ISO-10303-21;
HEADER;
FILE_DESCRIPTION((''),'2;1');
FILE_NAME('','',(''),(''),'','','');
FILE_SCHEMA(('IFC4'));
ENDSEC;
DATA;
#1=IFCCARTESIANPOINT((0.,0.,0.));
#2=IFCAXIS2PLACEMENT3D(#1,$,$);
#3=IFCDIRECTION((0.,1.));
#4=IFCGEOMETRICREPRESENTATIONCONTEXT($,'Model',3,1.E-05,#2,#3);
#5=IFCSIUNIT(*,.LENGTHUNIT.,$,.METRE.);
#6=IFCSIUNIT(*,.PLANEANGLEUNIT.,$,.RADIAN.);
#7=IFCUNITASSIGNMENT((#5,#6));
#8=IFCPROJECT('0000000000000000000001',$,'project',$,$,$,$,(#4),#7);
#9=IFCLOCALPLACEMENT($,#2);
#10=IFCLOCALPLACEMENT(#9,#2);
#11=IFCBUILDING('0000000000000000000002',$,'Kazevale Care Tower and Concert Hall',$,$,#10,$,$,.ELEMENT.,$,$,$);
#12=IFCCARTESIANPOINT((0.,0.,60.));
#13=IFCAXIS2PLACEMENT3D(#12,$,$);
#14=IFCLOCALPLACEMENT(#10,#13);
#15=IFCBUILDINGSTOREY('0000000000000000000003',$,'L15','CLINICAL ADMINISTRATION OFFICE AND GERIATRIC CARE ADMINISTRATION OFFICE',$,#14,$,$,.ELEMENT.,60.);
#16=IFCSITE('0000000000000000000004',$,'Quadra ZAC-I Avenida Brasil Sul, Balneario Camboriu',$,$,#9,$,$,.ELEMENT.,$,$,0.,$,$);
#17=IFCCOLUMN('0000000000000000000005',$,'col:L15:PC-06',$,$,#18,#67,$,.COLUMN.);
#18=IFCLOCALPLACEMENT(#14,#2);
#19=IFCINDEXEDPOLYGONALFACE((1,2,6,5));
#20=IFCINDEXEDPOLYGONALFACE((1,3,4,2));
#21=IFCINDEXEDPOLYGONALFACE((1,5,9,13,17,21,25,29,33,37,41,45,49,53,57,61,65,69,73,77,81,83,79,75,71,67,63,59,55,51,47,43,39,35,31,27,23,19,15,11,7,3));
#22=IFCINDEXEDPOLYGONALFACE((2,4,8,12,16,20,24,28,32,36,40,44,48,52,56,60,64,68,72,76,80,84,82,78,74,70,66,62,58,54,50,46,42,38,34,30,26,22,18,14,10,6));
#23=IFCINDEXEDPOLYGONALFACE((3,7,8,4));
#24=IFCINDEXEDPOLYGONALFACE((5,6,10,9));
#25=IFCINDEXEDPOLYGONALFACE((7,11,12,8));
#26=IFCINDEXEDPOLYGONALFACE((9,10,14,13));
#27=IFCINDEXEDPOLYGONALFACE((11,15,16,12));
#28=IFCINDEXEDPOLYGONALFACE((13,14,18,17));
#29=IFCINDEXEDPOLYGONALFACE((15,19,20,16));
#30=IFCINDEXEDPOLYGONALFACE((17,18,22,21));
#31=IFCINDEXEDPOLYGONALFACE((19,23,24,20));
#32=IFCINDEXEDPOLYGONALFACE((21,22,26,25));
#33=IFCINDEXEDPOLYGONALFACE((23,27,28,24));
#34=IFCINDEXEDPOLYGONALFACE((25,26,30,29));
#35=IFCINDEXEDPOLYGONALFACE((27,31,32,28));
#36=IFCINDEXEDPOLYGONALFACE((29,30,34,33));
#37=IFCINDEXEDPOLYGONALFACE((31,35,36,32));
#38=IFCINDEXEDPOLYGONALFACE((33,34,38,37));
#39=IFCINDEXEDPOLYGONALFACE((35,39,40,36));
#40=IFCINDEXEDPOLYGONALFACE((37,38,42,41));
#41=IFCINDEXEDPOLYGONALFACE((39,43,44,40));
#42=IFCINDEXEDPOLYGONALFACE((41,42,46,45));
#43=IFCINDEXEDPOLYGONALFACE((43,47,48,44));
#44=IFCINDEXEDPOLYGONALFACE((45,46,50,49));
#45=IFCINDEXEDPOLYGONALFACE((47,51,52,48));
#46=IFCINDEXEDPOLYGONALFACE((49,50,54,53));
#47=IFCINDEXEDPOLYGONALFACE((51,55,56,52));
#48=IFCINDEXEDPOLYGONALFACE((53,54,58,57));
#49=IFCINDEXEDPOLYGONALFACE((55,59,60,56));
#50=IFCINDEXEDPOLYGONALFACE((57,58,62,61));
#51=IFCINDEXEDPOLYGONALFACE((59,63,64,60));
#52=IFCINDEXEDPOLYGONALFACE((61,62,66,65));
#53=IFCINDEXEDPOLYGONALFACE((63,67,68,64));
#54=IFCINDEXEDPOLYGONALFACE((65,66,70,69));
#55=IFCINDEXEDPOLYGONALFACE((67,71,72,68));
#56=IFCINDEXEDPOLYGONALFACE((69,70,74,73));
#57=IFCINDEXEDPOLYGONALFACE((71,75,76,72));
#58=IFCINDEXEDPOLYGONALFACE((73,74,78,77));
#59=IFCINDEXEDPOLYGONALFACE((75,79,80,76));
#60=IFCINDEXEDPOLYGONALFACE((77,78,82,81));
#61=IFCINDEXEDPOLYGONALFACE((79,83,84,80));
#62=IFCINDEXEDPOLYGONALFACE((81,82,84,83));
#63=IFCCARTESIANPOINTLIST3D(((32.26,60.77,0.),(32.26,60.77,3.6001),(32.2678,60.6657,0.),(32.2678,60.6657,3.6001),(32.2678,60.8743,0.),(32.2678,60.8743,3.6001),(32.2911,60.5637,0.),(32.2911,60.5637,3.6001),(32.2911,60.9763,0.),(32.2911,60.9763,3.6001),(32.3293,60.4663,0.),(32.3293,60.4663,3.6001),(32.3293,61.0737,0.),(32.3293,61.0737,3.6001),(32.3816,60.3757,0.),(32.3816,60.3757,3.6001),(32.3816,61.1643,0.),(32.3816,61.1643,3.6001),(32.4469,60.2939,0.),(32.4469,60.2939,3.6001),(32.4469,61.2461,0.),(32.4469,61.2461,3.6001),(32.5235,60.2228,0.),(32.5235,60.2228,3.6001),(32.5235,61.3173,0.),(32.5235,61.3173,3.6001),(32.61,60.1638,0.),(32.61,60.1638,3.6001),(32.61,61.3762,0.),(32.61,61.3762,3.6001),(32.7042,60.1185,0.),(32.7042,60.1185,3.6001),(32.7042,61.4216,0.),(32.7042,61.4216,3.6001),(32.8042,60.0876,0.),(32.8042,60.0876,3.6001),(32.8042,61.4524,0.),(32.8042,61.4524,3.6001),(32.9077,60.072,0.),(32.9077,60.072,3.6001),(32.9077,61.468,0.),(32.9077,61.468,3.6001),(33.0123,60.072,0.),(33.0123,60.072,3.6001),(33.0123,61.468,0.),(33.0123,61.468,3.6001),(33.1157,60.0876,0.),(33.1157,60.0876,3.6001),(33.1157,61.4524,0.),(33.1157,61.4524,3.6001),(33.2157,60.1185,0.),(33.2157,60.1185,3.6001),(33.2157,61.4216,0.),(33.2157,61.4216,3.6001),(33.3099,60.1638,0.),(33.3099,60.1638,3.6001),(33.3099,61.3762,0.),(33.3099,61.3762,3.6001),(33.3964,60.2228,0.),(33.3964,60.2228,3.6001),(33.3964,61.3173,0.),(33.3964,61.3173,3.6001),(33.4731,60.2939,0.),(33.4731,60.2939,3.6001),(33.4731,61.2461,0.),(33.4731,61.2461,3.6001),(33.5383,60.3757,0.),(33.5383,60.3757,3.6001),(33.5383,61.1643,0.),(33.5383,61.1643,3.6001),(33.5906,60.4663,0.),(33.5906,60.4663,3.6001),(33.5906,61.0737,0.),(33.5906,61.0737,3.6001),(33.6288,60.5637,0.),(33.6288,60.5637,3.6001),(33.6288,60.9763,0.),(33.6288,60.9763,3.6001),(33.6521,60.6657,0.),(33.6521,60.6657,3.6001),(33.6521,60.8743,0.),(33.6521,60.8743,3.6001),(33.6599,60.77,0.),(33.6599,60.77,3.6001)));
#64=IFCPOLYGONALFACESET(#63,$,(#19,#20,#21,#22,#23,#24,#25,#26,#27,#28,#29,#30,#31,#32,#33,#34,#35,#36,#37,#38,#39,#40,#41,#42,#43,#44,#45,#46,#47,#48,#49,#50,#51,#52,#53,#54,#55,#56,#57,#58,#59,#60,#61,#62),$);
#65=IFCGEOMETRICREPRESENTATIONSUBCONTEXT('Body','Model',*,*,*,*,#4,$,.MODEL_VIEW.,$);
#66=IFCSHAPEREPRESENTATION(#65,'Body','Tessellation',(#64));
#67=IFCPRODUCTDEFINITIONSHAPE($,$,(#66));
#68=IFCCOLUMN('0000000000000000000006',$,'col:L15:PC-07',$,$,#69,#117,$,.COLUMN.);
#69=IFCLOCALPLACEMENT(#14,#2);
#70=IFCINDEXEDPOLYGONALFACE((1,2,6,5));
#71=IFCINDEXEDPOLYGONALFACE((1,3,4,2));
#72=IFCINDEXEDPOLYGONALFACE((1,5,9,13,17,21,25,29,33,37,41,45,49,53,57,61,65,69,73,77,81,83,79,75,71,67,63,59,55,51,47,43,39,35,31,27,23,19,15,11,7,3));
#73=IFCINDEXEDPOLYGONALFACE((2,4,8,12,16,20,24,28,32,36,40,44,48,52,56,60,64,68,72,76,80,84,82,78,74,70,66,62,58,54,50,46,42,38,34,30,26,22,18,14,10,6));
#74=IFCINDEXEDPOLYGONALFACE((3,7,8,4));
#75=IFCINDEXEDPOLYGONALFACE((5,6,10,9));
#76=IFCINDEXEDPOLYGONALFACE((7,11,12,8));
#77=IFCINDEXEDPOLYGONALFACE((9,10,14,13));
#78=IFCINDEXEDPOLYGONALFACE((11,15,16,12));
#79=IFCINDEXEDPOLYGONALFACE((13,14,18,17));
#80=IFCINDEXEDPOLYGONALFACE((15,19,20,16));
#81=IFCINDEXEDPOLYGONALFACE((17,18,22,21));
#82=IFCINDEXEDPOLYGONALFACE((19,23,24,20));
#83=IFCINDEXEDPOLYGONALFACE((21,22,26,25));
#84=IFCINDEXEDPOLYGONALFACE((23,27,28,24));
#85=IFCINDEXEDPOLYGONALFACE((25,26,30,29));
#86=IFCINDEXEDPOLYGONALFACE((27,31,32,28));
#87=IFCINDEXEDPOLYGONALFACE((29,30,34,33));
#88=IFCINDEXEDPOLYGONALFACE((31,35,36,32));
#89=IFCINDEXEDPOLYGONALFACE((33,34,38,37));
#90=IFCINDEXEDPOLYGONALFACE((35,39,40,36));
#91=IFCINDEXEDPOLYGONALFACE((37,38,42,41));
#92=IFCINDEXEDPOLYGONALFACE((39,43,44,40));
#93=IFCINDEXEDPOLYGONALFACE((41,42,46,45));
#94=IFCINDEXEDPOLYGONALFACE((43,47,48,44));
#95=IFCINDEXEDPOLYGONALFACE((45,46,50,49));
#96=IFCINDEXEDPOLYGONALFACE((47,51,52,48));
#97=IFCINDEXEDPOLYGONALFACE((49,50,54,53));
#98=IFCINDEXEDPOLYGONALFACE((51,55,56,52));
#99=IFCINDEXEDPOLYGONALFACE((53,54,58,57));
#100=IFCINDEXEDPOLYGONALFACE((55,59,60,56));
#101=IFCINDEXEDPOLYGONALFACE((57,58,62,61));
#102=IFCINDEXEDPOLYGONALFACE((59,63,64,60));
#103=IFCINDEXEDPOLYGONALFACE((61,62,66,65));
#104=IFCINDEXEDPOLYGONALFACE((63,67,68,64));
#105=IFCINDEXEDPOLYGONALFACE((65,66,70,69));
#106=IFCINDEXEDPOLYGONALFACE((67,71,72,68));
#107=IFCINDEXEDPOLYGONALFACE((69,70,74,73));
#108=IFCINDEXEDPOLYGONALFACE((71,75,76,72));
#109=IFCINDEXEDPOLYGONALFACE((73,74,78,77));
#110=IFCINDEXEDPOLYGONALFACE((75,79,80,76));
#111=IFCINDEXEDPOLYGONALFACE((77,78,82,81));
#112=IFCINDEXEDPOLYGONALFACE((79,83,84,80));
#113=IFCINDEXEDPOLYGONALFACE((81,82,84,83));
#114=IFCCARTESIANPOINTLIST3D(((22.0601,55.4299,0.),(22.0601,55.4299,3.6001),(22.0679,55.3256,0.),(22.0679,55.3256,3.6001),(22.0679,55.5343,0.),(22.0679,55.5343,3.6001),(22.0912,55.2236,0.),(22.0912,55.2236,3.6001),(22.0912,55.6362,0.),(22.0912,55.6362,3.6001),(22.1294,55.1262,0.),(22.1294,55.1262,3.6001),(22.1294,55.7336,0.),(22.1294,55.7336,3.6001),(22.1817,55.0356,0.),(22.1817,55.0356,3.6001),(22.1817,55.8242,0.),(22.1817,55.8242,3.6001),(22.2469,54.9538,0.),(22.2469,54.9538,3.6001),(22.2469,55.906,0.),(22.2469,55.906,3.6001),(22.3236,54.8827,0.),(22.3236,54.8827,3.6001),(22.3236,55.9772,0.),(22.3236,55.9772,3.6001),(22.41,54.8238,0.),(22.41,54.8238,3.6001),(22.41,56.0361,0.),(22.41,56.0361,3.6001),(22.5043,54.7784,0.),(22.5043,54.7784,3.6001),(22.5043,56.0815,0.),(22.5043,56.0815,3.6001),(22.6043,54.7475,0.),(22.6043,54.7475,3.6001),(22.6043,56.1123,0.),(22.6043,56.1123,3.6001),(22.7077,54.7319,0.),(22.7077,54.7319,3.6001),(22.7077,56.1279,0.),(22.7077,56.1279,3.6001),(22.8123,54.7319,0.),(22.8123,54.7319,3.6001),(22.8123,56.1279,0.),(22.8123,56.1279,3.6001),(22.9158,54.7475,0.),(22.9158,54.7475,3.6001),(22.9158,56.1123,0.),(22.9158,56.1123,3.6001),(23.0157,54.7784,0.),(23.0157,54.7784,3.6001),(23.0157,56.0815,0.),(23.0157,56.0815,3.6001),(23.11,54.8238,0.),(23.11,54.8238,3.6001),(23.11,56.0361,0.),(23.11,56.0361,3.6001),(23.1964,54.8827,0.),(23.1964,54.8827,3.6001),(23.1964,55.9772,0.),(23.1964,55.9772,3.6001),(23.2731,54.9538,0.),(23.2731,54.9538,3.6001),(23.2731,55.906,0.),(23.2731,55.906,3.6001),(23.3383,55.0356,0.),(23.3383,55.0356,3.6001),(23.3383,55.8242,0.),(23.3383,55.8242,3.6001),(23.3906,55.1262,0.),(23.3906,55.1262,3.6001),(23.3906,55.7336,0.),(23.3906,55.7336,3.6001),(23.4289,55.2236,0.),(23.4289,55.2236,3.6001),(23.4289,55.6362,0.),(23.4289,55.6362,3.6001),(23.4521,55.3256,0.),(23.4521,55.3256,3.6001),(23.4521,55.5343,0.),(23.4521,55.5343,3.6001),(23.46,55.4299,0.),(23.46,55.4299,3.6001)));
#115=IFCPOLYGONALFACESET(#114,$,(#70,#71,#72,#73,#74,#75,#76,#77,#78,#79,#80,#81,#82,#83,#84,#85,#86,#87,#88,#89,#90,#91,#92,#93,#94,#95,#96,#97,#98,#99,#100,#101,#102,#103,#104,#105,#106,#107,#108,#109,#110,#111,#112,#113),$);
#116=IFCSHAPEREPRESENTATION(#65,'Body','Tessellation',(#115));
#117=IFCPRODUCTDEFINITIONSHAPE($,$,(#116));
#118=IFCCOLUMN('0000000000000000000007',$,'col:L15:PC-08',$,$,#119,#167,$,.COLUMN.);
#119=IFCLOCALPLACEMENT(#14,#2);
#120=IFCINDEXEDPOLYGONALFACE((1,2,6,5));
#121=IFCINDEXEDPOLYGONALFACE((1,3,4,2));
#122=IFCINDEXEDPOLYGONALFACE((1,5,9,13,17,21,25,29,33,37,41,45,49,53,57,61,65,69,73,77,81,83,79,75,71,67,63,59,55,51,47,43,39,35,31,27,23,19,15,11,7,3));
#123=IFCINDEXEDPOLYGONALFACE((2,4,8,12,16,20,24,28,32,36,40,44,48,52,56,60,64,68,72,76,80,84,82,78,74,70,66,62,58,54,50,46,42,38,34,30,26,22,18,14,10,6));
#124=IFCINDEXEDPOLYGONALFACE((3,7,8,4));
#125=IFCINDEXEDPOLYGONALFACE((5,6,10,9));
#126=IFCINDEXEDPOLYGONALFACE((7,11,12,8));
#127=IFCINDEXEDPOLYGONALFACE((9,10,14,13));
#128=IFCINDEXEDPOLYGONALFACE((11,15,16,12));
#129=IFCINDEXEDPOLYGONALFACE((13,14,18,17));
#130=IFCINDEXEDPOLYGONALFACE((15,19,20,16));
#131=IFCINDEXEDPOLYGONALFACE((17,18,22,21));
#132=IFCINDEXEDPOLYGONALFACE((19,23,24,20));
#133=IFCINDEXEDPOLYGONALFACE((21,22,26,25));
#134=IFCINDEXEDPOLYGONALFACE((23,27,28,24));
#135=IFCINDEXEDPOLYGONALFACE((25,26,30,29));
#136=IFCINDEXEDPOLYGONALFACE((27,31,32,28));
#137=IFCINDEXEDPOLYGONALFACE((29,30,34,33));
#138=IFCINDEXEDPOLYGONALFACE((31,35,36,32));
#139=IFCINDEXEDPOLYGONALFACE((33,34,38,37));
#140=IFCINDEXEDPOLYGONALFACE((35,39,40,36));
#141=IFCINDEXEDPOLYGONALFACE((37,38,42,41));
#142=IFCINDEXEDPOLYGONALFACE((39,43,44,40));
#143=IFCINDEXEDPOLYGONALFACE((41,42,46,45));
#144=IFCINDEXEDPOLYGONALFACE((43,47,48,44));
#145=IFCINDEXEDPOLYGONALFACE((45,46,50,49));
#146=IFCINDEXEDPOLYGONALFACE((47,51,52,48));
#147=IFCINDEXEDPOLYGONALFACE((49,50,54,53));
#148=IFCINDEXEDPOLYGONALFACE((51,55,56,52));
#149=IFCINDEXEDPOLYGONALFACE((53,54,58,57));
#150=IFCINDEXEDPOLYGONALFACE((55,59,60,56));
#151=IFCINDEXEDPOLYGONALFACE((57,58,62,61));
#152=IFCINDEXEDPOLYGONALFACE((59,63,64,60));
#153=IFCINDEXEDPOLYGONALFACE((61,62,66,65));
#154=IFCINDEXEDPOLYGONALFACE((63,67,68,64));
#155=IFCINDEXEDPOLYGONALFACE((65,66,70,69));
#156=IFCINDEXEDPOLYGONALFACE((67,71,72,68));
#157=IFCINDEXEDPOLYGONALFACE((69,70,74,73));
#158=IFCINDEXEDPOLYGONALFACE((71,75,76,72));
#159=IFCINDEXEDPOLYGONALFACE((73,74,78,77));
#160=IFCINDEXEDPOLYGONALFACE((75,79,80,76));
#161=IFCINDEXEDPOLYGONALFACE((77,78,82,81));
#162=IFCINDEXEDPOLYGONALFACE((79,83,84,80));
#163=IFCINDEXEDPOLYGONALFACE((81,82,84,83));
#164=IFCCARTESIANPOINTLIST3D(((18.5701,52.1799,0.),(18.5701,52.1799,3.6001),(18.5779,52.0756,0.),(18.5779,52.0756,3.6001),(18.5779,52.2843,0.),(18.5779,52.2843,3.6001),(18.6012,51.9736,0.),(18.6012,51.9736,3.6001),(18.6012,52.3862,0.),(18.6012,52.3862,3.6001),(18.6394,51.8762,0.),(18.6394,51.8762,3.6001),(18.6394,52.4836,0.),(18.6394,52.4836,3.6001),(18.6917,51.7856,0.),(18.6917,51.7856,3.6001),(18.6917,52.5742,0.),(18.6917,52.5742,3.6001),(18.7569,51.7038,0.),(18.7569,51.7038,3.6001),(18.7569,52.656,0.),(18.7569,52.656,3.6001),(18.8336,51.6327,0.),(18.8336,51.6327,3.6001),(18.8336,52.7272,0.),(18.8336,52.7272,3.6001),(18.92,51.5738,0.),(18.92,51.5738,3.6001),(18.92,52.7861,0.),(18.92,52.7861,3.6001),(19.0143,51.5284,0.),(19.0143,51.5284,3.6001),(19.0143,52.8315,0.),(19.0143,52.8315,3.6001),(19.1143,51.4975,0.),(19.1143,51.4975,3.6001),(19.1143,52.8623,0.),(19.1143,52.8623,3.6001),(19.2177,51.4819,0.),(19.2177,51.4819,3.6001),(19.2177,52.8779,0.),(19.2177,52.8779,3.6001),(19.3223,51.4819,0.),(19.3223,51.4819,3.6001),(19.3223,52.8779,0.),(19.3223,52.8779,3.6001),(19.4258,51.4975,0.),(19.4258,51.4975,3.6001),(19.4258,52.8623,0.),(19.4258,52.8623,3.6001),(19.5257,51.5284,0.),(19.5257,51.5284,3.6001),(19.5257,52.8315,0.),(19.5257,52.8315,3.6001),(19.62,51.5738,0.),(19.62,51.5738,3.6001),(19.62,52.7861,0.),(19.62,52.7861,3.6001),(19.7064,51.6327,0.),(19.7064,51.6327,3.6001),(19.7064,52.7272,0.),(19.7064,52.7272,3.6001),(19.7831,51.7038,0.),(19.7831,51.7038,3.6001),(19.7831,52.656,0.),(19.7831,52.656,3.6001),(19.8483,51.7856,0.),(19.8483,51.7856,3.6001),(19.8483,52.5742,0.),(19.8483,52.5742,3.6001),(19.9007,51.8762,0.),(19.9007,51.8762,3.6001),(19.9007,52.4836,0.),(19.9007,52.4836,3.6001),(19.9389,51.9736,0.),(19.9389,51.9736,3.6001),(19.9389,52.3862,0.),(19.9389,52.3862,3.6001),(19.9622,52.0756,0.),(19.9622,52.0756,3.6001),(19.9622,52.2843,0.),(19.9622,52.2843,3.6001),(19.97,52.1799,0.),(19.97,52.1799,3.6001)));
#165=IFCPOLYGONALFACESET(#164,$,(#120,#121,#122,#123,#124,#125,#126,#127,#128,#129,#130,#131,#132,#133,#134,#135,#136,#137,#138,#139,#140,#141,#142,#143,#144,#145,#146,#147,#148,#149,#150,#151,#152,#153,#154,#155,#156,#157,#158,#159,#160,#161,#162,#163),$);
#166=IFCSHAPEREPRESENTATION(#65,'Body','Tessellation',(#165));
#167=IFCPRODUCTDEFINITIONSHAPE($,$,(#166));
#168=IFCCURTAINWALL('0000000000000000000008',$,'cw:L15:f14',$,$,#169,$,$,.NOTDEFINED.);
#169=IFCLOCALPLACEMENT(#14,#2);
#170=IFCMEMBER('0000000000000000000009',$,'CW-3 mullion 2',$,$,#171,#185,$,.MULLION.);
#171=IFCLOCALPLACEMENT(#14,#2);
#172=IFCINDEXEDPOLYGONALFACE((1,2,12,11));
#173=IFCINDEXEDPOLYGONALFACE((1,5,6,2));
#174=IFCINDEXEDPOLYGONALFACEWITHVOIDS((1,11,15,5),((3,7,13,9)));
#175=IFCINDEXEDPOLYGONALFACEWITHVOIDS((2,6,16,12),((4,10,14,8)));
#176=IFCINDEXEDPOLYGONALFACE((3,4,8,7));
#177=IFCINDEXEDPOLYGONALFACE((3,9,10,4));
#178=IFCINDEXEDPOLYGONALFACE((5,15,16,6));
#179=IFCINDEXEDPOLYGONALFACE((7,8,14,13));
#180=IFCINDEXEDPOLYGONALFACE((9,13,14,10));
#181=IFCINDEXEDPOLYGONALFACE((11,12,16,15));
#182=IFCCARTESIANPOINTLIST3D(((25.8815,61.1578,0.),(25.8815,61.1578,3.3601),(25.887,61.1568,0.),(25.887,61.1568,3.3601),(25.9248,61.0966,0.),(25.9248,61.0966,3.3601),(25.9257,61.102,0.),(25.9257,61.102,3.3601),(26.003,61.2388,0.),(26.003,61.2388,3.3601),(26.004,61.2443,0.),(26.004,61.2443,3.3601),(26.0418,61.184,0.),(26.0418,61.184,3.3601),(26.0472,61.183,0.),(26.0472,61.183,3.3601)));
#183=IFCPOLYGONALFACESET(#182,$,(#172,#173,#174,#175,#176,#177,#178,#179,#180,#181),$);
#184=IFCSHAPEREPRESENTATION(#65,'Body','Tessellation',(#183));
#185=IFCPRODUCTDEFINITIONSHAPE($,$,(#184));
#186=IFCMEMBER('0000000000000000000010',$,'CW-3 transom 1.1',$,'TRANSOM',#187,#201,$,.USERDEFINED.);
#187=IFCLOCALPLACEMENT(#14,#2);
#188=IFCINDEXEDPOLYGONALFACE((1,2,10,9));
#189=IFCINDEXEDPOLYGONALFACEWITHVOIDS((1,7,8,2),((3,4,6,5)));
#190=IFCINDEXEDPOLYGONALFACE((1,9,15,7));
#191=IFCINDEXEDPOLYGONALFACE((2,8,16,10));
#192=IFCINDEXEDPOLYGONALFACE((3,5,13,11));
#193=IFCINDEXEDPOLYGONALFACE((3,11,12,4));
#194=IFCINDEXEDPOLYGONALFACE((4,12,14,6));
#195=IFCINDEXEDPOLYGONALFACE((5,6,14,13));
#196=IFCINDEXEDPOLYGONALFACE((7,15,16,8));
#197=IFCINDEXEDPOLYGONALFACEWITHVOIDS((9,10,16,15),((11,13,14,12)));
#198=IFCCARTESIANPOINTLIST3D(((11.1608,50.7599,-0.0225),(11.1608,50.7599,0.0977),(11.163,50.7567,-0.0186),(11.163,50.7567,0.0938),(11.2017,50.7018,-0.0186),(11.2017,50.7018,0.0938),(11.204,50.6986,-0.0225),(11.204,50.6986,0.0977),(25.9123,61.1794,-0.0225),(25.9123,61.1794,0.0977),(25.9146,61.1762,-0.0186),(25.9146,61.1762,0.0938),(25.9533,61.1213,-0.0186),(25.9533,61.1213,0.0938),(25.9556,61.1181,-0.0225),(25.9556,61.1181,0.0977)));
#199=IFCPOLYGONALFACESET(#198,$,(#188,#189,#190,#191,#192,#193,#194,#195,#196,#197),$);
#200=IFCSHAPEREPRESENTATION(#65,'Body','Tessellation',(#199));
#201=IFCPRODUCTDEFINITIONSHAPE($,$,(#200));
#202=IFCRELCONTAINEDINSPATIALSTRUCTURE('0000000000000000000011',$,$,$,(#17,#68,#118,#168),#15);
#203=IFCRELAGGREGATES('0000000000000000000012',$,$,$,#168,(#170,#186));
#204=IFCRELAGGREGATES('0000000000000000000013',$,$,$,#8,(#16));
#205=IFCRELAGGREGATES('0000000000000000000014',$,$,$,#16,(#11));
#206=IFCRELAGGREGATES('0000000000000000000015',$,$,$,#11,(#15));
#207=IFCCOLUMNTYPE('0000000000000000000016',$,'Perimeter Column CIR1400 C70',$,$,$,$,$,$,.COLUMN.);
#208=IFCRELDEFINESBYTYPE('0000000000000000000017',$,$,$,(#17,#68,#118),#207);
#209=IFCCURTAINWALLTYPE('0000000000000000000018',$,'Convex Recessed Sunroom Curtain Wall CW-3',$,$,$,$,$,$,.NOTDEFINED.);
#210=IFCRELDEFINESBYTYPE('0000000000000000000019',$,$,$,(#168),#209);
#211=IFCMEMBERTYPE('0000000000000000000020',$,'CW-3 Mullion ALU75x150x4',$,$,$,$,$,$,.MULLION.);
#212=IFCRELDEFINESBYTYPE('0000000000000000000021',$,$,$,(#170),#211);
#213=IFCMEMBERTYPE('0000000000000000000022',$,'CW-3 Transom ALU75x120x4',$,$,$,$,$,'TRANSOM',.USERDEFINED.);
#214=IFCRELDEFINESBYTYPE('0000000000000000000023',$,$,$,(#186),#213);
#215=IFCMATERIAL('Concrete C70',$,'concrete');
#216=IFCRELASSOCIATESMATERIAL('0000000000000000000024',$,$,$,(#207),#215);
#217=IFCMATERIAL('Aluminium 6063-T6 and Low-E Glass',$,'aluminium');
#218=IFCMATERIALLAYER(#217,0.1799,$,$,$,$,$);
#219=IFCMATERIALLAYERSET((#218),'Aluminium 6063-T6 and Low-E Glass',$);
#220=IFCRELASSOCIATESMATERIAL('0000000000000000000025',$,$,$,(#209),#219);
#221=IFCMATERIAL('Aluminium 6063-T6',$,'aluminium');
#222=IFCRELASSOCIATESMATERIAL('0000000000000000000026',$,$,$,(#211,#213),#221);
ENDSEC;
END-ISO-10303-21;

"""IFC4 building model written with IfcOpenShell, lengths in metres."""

from ifc_helpers import new_model, si_unit, direction, frame, origin, origin_2d, place, context, subcontext, project, spatial, hollow_rectangle, circle, extrude, material, layer, layer_set, material_profile, profile_set, type_object, element, aggregate, save


model = new_model("IFC4")

# Units and contexts
model_context = context("Model", 3, precision=1e-05, world=origin(), true_north=direction((0.0, 1.0)))
body_context = subcontext(model_context, "Body", "Model", "MODEL_VIEW")
ifc_project = project(units=[si_unit("LENGTHUNIT", "METRE"), si_unit("PLANEANGLEUNIT", "RADIAN")], contexts=[model_context])

# Site, building, storey
site_placement = place(None, origin())
site = spatial("IfcSite", under=ifc_project, at=site_placement, Name="Quadra ZAC-I Avenida Brasil Sul, Balneario Camboriu", CompositionType="ELEMENT", RefElevation=0.0)
building_placement = place(site_placement, origin())
building = spatial("IfcBuilding", under=site, at=building_placement, Name="Kazevale Care Tower and Concert Hall", CompositionType="ELEMENT")
storey_placement = place(building_placement, frame((0.0, 0.0, 60.0)))
storey = spatial("IfcBuildingStorey", under=building, at=storey_placement, Name="L15", Description="CLINICAL ADMINISTRATION OFFICE AND GERIATRIC CARE ADMINISTRATION OFFICE", CompositionType="ELEMENT", Elevation=60.0)

# Columns
ifc_material_1 = material(Name="Concrete C70", Category="concrete")
ifc_material_profile_1 = material_profile(ifc_material_1, circle(Radius=0.7, at=origin_2d()), Name="RC-CIR1400")
ifc_profile_set_1 = profile_set([ifc_material_profile_1], Name="Concrete C70")
column_type = type_object("IfcColumnType", Name="Perimeter Column CIR1400 C70", PredefinedType="COLUMN", material=ifc_profile_set_1)
for number, where, z_axis, x_axis, name in (
    (1, (32.96, 60.77, 0.0), (0.0, 0.0, 1.0), (1.0, 0.0, 0.0), "col:L15:PC-06"),
    (2, (22.76, 55.4299, 0.0), (0.0, 0.0, 1.0), (1.0, 0.0, 0.0), "col:L15:PC-07"),
    (3, (19.27, 52.1799, 0.0), (0.0, 0.0, 1.0), (1.0, 0.0, 0.0), "col:L15:PC-08"),
):
    element("IfcColumn", number, at=place(storey_placement, frame(where, z_axis=z_axis, x_axis=x_axis)), inside=storey, type_object=column_type, Name=name, PredefinedType="COLUMN", context=body_context, shape_type="SweptSolid", body=[
        extrude(circle(Radius=0.7, at=origin_2d()), origin(), (0.0, 0.0, 1.0), 3.6001),
    ])

# Curtain wall, members
ifc_material_2 = material(Name="Aluminium 6063-T6 and Low-E Glass", Category="aluminium")
ifc_layer_1 = layer(ifc_material_2, 0.1799)
ifc_layer_set_1 = layer_set([ifc_layer_1], Name="Aluminium 6063-T6 and Low-E Glass")
curtain_wall_type = type_object("IfcCurtainWallType", Name="Convex Recessed Sunroom Curtain Wall CW-3", PredefinedType="NOTDEFINED", material=ifc_layer_set_1)
curtain_wall_placement = place(storey_placement, origin())
curtain_wall = element("IfcCurtainWall", 4, at=curtain_wall_placement, inside=storey, type_object=curtain_wall_type, Name="cw:L15:f14", PredefinedType="NOTDEFINED")
ifc_material_3 = material(Name="Aluminium 6063-T6", Category="aluminium")
ifc_material_profile_2 = material_profile(ifc_material_3, hollow_rectangle(XDim=0.075, YDim=0.1499, WallThickness=0.0039, at=origin_2d()), Name="ALU75x150x4")
ifc_profile_set_2 = profile_set([ifc_material_profile_2], Name="Aluminium 6063-T6")
member_type_1 = type_object("IfcMemberType", Name="CW-3 Mullion ALU75x150x4", PredefinedType="MULLION", material=ifc_profile_set_2)
member_1_placement = place(storey_placement, frame((25.9644, 61.1704, 0.0), z_axis=(0.0, 0.0, 1.0), x_axis=(-0.576929, 0.816794, 0.0)))
member_1 = element("IfcMember", 5, at=member_1_placement, type_object=member_type_1, Name="CW-3 mullion 2", PredefinedType="MULLION", context=body_context, shape_type="SweptSolid", body=[
    extrude(hollow_rectangle(XDim=0.075, YDim=0.1499, WallThickness=0.0039, at=origin_2d()), origin(), (0.0, 0.0, 1.0), 3.3601),
])
ifc_material_profile_3 = material_profile(ifc_material_3, hollow_rectangle(XDim=0.075, YDim=0.1201, WallThickness=0.0039, at=origin_2d()), Name="ALU75x120x4")
ifc_profile_set_3 = profile_set([ifc_material_profile_3], Name="Aluminium 6063-T6")
member_type_2 = type_object("IfcMemberType", Name="CW-3 Transom ALU75x120x4", ElementType="TRANSOM", PredefinedType="USERDEFINED", material=ifc_profile_set_3)
member_2_placement = place(storey_placement, frame((11.1824, 50.7292, 0.0376), z_axis=(0.816795, 0.576928, 0.0), x_axis=(-0.576928, 0.816795, 0.0)))
member_2 = element("IfcMember", 6, at=member_2_placement, type_object=member_type_2, Name="CW-3 transom 1.1", ObjectType="TRANSOM", PredefinedType="USERDEFINED", context=body_context, shape_type="SweptSolid", body=[
    extrude(hollow_rectangle(XDim=0.075, YDim=0.1201, WallThickness=0.0039, at=origin_2d()), origin(), (0.0, 0.0, 1.0), 18.0603),
])

aggregate(curtain_wall, [member_1, member_2])

save(model, "model.ifc")
